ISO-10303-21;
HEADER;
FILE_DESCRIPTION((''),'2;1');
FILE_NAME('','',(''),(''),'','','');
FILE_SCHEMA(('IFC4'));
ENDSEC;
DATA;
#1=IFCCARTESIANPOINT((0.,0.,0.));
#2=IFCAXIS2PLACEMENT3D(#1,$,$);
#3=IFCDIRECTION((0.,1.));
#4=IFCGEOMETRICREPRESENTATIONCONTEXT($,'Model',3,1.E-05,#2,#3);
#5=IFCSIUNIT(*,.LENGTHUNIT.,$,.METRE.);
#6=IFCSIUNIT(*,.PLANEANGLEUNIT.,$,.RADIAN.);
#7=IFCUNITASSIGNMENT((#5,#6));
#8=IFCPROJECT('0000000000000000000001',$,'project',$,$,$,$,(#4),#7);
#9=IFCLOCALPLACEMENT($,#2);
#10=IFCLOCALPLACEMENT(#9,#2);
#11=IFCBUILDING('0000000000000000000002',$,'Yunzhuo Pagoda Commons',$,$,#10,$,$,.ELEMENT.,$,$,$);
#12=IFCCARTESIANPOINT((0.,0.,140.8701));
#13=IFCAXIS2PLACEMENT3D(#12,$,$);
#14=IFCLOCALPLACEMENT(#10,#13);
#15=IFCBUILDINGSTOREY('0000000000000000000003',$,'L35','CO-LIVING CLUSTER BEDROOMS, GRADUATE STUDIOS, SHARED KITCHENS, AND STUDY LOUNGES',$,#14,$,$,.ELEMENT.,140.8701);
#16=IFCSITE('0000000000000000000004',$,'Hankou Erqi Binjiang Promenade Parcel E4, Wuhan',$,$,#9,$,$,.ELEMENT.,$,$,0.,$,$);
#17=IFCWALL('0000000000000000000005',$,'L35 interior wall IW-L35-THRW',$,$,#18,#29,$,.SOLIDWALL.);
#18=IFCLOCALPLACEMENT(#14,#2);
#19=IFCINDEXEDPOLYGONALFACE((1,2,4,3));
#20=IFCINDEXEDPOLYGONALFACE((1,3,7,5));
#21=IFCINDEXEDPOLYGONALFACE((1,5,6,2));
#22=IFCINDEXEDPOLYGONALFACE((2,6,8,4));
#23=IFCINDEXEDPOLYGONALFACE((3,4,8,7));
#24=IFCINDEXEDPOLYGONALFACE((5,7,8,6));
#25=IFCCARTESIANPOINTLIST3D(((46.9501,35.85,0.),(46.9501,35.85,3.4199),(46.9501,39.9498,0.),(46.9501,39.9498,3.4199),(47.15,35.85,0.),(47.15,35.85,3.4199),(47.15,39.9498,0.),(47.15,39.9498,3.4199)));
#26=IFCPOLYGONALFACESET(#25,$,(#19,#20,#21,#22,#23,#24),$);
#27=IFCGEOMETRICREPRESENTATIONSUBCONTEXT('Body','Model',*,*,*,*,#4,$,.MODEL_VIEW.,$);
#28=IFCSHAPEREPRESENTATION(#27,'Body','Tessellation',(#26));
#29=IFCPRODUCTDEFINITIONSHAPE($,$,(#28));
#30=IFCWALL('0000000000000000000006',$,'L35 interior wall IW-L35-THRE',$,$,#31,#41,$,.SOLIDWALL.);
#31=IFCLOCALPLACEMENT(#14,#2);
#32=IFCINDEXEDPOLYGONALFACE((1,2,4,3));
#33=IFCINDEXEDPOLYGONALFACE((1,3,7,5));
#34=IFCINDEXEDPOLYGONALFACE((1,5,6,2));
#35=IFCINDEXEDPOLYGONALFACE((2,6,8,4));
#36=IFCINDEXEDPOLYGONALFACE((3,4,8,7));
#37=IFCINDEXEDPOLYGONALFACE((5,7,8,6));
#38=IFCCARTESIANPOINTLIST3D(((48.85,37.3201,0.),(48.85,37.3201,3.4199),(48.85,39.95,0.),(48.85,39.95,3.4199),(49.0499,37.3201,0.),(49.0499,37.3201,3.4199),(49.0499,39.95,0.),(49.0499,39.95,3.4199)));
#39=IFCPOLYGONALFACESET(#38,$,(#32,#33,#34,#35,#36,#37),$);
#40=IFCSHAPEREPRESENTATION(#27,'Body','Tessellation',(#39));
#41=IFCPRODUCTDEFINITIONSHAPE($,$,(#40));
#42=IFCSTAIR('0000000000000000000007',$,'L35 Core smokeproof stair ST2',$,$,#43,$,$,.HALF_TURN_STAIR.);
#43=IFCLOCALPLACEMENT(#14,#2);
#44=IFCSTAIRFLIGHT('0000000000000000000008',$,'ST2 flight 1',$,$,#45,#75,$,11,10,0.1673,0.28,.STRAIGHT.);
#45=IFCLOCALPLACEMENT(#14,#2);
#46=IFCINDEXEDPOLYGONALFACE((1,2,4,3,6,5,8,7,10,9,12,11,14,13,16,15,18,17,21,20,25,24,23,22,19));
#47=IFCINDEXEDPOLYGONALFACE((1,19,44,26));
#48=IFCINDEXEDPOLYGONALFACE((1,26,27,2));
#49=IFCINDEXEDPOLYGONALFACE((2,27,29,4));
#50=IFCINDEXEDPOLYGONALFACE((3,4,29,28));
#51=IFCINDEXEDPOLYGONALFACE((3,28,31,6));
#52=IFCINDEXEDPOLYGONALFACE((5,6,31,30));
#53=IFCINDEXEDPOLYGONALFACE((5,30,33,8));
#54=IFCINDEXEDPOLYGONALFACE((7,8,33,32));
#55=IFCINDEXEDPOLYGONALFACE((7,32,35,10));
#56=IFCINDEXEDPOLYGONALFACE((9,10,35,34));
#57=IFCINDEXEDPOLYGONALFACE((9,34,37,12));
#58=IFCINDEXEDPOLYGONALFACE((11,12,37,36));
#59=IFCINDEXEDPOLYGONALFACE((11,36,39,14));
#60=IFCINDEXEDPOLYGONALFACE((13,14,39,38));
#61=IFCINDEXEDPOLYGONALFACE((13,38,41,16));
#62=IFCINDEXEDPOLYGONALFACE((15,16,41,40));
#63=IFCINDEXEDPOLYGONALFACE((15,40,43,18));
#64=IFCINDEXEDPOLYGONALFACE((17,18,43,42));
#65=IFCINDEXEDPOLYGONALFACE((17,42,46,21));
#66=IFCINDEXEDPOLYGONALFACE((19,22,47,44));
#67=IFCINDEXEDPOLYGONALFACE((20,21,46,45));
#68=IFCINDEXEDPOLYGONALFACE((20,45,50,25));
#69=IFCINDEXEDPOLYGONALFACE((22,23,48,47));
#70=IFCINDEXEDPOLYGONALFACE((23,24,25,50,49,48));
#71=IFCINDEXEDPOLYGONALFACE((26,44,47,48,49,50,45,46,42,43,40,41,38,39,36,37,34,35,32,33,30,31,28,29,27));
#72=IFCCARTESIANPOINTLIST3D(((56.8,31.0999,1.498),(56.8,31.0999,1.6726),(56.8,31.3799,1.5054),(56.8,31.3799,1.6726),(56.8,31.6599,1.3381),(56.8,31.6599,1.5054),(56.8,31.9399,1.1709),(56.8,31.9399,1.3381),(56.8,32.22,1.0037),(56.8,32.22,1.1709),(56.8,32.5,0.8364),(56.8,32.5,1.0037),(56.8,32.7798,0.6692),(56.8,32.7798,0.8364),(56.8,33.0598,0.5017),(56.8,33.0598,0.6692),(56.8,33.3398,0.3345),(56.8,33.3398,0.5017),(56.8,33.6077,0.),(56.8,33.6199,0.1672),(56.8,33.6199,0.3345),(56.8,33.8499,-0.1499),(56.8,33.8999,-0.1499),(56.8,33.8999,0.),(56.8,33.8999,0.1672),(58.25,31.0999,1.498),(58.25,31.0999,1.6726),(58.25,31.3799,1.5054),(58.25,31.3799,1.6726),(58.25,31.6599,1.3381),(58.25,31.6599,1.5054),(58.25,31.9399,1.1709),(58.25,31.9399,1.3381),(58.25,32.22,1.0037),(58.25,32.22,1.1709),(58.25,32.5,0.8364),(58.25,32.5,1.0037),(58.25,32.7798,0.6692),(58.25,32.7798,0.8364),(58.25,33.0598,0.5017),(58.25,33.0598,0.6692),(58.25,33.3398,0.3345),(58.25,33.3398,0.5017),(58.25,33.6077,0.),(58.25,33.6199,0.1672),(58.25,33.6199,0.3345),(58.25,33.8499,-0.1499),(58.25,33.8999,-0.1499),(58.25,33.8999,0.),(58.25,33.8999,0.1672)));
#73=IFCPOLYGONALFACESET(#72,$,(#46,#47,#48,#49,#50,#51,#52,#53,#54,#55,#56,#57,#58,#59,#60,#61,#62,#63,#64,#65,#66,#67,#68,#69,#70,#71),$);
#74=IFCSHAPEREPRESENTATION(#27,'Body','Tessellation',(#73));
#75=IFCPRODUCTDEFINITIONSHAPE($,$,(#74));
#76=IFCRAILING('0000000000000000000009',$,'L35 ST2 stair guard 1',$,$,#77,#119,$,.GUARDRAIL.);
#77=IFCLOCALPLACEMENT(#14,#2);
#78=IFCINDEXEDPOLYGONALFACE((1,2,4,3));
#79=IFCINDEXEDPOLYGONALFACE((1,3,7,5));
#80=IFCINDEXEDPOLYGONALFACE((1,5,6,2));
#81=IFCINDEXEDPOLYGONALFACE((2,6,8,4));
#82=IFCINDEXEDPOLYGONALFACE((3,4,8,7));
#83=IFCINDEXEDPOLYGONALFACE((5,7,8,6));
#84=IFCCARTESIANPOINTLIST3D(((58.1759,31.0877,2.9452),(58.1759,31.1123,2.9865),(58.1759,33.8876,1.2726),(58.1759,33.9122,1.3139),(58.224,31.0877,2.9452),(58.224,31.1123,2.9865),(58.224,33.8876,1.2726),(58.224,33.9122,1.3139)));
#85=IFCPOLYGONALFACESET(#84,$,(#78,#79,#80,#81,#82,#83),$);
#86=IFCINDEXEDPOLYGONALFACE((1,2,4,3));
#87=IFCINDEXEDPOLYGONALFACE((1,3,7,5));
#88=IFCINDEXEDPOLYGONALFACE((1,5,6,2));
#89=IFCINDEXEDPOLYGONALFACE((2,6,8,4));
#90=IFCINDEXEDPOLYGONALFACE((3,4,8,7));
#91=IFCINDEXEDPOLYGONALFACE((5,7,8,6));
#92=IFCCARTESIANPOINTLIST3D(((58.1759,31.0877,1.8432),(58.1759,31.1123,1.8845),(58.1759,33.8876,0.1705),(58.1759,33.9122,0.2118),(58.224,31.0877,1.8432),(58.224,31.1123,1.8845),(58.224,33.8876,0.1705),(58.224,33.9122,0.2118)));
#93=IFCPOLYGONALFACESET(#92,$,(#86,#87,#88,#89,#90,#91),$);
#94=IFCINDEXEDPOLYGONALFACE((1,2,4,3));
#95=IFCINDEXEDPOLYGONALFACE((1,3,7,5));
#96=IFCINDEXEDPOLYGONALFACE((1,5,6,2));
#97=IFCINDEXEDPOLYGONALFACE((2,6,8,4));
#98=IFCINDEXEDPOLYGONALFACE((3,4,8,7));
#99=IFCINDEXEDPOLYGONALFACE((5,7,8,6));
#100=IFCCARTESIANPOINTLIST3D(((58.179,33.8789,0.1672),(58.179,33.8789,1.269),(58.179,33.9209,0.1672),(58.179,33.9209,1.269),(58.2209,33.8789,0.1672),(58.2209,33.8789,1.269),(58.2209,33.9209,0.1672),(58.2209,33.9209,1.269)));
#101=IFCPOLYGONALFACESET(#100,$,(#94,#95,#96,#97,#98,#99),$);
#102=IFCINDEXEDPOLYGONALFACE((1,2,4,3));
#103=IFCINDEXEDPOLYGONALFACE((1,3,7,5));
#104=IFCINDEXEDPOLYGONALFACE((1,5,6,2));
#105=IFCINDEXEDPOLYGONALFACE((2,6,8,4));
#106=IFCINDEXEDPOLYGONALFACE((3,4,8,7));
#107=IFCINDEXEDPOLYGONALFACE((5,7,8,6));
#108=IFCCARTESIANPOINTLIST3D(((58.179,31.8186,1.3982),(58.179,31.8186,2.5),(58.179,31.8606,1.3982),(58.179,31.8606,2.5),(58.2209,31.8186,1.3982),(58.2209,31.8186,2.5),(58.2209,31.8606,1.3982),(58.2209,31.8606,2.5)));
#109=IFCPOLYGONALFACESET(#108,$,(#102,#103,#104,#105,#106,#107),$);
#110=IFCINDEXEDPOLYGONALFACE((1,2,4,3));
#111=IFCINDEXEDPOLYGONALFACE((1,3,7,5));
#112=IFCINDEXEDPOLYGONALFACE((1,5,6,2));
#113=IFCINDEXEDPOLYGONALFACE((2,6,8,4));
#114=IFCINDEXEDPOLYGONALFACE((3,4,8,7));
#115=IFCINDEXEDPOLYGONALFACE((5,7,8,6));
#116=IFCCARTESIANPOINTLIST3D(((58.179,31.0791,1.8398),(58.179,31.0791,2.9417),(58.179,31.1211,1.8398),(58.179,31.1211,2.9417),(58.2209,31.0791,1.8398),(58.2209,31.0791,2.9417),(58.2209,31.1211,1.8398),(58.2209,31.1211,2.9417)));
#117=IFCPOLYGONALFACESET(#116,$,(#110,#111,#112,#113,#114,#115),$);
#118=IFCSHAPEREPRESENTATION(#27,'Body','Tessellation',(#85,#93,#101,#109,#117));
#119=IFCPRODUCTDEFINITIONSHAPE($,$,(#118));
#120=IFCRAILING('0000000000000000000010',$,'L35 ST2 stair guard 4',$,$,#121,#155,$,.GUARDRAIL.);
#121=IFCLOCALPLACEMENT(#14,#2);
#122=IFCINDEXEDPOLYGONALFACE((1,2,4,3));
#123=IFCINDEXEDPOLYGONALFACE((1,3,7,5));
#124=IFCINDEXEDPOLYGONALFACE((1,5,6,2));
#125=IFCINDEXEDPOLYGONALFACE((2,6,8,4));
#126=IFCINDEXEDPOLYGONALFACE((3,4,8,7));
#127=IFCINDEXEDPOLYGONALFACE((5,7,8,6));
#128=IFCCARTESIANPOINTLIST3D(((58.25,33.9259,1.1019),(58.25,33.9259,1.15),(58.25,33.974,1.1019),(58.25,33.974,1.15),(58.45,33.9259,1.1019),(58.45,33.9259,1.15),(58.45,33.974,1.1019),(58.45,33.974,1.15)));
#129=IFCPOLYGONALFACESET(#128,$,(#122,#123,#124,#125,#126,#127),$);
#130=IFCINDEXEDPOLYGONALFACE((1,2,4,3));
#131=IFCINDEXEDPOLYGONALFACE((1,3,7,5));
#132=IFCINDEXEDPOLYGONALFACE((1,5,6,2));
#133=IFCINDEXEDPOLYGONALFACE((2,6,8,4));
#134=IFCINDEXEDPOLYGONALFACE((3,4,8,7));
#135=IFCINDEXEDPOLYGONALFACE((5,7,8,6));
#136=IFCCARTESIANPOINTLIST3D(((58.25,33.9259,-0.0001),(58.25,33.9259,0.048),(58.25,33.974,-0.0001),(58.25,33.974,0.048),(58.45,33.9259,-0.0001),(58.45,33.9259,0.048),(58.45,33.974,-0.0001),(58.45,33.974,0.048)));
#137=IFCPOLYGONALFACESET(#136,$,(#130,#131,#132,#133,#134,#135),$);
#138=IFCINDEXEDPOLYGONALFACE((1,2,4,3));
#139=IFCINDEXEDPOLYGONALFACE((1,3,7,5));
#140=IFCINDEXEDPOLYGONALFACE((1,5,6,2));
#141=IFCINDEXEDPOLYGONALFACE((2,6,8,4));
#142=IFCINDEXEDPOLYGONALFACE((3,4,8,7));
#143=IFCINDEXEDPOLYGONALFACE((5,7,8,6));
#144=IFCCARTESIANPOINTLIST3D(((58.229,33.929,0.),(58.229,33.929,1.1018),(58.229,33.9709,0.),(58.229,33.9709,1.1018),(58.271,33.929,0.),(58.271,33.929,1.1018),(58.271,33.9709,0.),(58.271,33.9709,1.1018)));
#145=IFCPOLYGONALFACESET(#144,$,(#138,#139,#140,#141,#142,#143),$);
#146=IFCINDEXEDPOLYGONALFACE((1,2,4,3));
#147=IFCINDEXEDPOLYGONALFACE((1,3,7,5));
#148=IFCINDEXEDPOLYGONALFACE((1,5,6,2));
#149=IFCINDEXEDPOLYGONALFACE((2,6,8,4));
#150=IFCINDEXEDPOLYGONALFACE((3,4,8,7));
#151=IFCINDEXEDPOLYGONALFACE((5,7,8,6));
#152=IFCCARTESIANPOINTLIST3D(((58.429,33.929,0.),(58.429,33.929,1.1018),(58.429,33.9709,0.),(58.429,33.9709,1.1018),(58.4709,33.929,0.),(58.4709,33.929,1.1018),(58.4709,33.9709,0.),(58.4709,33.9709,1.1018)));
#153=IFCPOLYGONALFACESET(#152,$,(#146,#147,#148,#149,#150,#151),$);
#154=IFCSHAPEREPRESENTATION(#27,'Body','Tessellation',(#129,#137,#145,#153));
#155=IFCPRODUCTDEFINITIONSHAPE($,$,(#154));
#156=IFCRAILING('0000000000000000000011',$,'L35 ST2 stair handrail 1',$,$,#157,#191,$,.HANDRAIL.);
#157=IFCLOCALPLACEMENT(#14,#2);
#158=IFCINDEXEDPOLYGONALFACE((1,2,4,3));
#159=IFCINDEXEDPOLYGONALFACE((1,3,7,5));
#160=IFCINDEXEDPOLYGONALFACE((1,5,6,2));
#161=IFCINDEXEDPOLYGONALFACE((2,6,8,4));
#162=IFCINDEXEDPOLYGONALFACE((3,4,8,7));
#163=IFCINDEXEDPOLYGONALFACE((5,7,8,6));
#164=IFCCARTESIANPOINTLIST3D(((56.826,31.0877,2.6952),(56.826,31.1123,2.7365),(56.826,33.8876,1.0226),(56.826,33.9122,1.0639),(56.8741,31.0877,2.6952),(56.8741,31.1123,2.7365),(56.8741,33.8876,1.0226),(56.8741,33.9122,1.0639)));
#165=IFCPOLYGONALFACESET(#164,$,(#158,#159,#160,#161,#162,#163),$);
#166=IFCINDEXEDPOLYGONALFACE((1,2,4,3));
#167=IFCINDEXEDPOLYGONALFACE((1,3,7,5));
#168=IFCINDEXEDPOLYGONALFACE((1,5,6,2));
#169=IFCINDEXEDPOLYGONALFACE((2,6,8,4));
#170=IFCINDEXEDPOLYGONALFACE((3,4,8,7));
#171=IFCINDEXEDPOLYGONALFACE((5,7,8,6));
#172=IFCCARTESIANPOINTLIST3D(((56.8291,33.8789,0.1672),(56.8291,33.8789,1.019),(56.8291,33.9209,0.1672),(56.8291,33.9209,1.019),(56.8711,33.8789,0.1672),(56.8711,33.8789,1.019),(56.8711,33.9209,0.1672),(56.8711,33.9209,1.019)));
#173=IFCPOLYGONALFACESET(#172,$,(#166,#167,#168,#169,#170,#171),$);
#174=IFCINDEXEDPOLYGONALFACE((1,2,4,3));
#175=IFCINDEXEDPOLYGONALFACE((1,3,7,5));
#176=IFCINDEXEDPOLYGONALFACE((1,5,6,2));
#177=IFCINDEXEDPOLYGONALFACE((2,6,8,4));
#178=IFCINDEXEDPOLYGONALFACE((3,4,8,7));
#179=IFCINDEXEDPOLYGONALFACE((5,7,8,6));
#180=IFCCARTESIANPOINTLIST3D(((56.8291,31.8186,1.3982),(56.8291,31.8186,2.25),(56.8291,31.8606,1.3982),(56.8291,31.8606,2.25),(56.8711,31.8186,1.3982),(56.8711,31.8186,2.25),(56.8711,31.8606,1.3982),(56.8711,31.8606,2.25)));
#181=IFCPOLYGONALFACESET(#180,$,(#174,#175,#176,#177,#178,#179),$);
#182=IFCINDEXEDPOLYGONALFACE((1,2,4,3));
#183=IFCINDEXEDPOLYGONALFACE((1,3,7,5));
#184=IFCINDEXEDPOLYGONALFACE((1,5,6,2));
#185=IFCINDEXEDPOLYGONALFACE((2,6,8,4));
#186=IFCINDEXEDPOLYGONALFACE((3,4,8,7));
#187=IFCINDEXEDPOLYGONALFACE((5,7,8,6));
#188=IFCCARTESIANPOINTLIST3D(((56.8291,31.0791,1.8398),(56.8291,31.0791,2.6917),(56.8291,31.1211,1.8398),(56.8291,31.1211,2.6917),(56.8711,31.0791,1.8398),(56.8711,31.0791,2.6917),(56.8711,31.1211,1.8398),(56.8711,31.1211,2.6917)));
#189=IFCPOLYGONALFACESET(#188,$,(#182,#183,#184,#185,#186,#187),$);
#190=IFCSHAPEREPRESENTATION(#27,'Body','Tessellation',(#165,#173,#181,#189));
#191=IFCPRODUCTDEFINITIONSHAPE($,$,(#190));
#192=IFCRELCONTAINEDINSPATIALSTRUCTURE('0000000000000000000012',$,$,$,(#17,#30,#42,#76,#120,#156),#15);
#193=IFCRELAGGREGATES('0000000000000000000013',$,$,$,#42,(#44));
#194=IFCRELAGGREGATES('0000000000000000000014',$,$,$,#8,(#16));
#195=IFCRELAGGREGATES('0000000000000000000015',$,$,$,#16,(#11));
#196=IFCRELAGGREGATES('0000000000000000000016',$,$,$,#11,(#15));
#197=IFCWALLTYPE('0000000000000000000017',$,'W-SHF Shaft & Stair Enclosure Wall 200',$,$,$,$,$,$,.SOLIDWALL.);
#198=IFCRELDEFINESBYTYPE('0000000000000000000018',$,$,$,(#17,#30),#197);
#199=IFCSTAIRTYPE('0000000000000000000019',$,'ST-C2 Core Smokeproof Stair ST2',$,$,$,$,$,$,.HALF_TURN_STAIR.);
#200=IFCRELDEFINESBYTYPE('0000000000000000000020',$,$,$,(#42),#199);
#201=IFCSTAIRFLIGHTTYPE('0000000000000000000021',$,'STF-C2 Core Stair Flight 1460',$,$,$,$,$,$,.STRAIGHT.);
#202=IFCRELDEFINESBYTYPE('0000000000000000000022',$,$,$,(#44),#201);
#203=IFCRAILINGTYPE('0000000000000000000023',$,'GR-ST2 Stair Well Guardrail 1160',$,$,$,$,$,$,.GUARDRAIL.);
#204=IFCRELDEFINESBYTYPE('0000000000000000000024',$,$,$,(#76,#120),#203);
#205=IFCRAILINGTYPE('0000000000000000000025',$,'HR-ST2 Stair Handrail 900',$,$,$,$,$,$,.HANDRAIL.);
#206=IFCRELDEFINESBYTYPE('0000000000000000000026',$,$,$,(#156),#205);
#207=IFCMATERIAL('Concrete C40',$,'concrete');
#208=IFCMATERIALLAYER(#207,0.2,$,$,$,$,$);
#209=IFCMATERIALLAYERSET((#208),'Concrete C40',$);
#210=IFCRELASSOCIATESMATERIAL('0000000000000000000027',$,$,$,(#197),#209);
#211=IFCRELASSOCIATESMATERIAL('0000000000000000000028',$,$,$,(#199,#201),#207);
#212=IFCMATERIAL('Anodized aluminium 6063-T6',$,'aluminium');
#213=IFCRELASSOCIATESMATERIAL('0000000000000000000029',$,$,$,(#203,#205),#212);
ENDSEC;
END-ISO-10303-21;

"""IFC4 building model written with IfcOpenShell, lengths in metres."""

from ifc_helpers import new_model, si_unit, direction, frame, frame_2d, origin, origin_2d, place, context, subcontext, project, spatial, polyline, rectangle, outline, extrude, source, transform, mapped, material, layer, layer_set, type_object, element, aggregate, save


model = new_model("IFC4")

# Units and contexts
model_context = context("Model", 3, precision=1e-05, world=origin(), true_north=direction((0.0, 1.0)))
body_context = subcontext(model_context, "Body", "Model", "MODEL_VIEW")
ifc_project = project(units=[si_unit("LENGTHUNIT", "METRE"), si_unit("PLANEANGLEUNIT", "RADIAN")], contexts=[model_context])

# Site, building, storey
site_placement = place(None, origin())
site = spatial("IfcSite", under=ifc_project, at=site_placement, Name="Hankou Erqi Binjiang Promenade Parcel E4, Wuhan", CompositionType="ELEMENT", RefElevation=0.0)
building_placement = place(site_placement, origin())
building = spatial("IfcBuilding", under=site, at=building_placement, Name="Yunzhuo Pagoda Commons", CompositionType="ELEMENT")
storey_placement = place(building_placement, frame((0.0, 0.0, 140.8701)))
storey = spatial("IfcBuildingStorey", under=building, at=storey_placement, Name="L35", Description="CO-LIVING CLUSTER BEDROOMS, GRADUATE STUDIOS, SHARED KITCHENS, AND STUDY LOUNGES", CompositionType="ELEMENT", Elevation=140.8701)

# Shared definitions
ifc_material_1 = material(Name="Concrete C40", Category="concrete")
ifc_layer_1 = layer(ifc_material_1, 0.2)
ifc_layer_set_1 = layer_set([ifc_layer_1], Name="Concrete C40")
wall_type_1 = type_object("IfcWallType", Name="W-SHF Shaft & Stair Enclosure Wall 200", PredefinedType="SOLIDWALL", material=ifc_layer_set_1)

# Walls
wall_1_placement = place(storey_placement, frame((47.05, 35.8501, 0.0), z_axis=(0.0, 0.0, 1.0), x_axis=(0.0, 1.0, 0.0)))
element("IfcWall", 1, at=wall_1_placement, inside=storey, type_object=wall_type_1, Name="L35 interior wall IW-L35-THRW", PredefinedType="SOLIDWALL", context=body_context, shape_type="SweptSolid", body=[
    extrude(rectangle(XDim=4.0999, YDim=0.2, at=frame_2d((2.0498, 0.0))), origin(), (0.0, 0.0, 1.0), 3.4199),
])
wall_2_placement = place(storey_placement, frame((48.95, 37.3201, 0.0), z_axis=(0.0, 0.0, 1.0), x_axis=(0.0, 1.0, 0.0)))
element("IfcWall", 2, at=wall_2_placement, inside=storey, type_object=wall_type_1, Name="L35 interior wall IW-L35-THRE", PredefinedType="SOLIDWALL", context=body_context, shape_type="SweptSolid", body=[
    extrude(rectangle(XDim=2.6299, YDim=0.2, at=frame_2d((1.3149, 0.0))), origin(), (0.0, 0.0, 1.0), 3.4199),
])

# Stair, stair flight
stair_type = type_object("IfcStairType", Name="ST-C2 Core Smokeproof Stair ST2", PredefinedType="HALF_TURN_STAIR", material=ifc_material_1)
stair_placement = place(storey_placement, origin())
stair = element("IfcStair", 3, at=stair_placement, inside=storey, type_object=stair_type, Name="L35 Core smokeproof stair ST2", PredefinedType="HALF_TURN_STAIR")
stair_flight_type = type_object("IfcStairFlightType", Name="STF-C2 Core Stair Flight 1460", PredefinedType="STRAIGHT", material=ifc_material_1)
shared_shape_1 = source(origin(), body_context, "Body", "SweptSolid", [
    extrude(outline(polyline([(0.0, -0.1499), (0.0, 0.0), (0.0, 0.1672), (0.28, 0.1672), (0.28, 0.3345), (0.5601, 0.3345), (0.5601, 0.5017), (0.8401, 0.5017), (0.8401, 0.6692), (1.1201, 0.6692), (1.1201, 0.8364), (1.3999, 0.8364), (1.3999, 1.0037), (1.6799, 1.0037), (1.6799, 1.1709), (1.96, 1.1709), (1.96, 1.3381), (2.24, 1.3381), (2.24, 1.5054), (2.52, 1.5054), (2.52, 1.6726), (2.8, 1.6726), (2.8, 1.8401), (2.8, 1.498), (0.2922, 0.0), (0.05, -0.1499), (0.0, -0.1499)])), frame((0.0, 0.7251, 0.0), z_axis=(0.0, -1.0, 0.0), x_axis=(1.0, 0.0, 0.0)), (0.0, 0.0, 1.0), 1.45),
])
stair_flight_placement = place(storey_placement, frame((57.5249, 33.8999, 0.0), z_axis=(0.0, 0.0, 1.0), x_axis=(0.0, -1.0, 0.0)))
stair_flight = element("IfcStairFlight", 4, at=stair_flight_placement, type_object=stair_flight_type, Name="ST2 flight 1", NumberOfRisers=11, NumberOfTreads=10, PredefinedType="STRAIGHT", RiserHeight=0.1673, TreadLength=0.28, context=body_context, shape_type="MappedRepresentation", body=[
    mapped(shared_shape_1, transform((0.0, 0.0, 0.0), scale=1.0)),
])
aggregate(stair, [stair_flight])

# Railings
ifc_material_2 = material(Name="Anodized aluminium 6063-T6", Category="aluminium")
railing_type_1 = type_object("IfcRailingType", Name="GR-ST2 Stair Well Guardrail 1160", PredefinedType="GUARDRAIL", material=ifc_material_2)
railing_1_placement = place(storey_placement, frame((58.2, 33.8999, 0.1672)))
element("IfcRailing", 5, at=railing_1_placement, inside=storey, type_object=railing_type_1, Name="L35 ST2 stair guard 1", PredefinedType="GUARDRAIL", context=body_context, shape_type="SweptSolid", body=[
    extrude(rectangle(XDim=0.0481, YDim=0.0481, at=origin_2d()), frame((0.0, 0.0, 1.126), z_axis=(0.0, -0.858476, 0.512855), x_axis=(1.0, 0.0, 0.0)), (0.0, 0.0, 1.0), 3.2615),
    extrude(rectangle(XDim=0.0481, YDim=0.0481, at=origin_2d()), frame((0.0, 0.0, 0.0239), z_axis=(0.0, -0.858476, 0.512855), x_axis=(1.0, 0.0, 0.0)), (0.0, 0.0, 1.0), 3.2615),
    extrude(rectangle(XDim=0.042, YDim=0.042, at=origin_2d()), origin(), (0.0, 0.0, 1.0), 1.1018),
    extrude(rectangle(XDim=0.042, YDim=0.042, at=origin_2d()), frame((0.0, -2.0603, 1.231)), (0.0, 0.0, 1.0), 1.1018),
    extrude(rectangle(XDim=0.042, YDim=0.042, at=origin_2d()), frame((0.0, -2.7998, 1.6726)), (0.0, 0.0, 1.0), 1.1018),
])
railing_2_placement = place(storey_placement, frame((58.25, 33.95, 0.0)))
element("IfcRailing", 6, at=railing_2_placement, inside=storey, type_object=railing_type_1, Name="L35 ST2 stair guard 4", PredefinedType="GUARDRAIL", context=body_context, shape_type="SweptSolid", body=[
    extrude(rectangle(XDim=0.0481, YDim=0.0481, at=origin_2d()), frame((0.0, 0.0, 1.126), z_axis=(1.0, 0.0, 0.0), x_axis=(0.0, 1.0, 0.0)), (0.0, 0.0, 1.0), 0.2),
    extrude(rectangle(XDim=0.0481, YDim=0.0481, at=origin_2d()), frame((0.0, 0.0, 0.0239), z_axis=(1.0, 0.0, 0.0), x_axis=(0.0, 1.0, 0.0)), (0.0, 0.0, 1.0), 0.2),
    extrude(rectangle(XDim=0.042, YDim=0.042, at=origin_2d()), origin(), (0.0, 0.0, 1.0), 1.1018),
    extrude(rectangle(XDim=0.042, YDim=0.042, at=origin_2d()), frame((0.2, 0.0, 0.0)), (0.0, 0.0, 1.0), 1.1018),
])
railing_type_2 = type_object("IfcRailingType", Name="HR-ST2 Stair Handrail 900", PredefinedType="HANDRAIL", material=ifc_material_2)
railing_3_placement = place(storey_placement, frame((56.8501, 33.8999, 0.1672)))
element("IfcRailing", 7, at=railing_3_placement, inside=storey, type_object=railing_type_2, Name="L35 ST2 stair handrail 1", PredefinedType="HANDRAIL", context=body_context, shape_type="SweptSolid", body=[
    extrude(rectangle(XDim=0.0481, YDim=0.0481, at=origin_2d()), frame((0.0, 0.0, 0.876), z_axis=(0.0, -0.858476, 0.512855), x_axis=(1.0, 0.0, 0.0)), (0.0, 0.0, 1.0), 3.2615),
    extrude(rectangle(XDim=0.042, YDim=0.042, at=origin_2d()), origin(), (0.0, 0.0, 1.0), 0.8518),
    extrude(rectangle(XDim=0.042, YDim=0.042, at=origin_2d()), frame((0.0, -2.0603, 1.231)), (0.0, 0.0, 1.0), 0.8518),
    extrude(rectangle(XDim=0.042, YDim=0.042, at=origin_2d()), frame((0.0, -2.7998, 1.6726)), (0.0, 0.0, 1.0), 0.8518),
])

save(model, "model.ifc")
